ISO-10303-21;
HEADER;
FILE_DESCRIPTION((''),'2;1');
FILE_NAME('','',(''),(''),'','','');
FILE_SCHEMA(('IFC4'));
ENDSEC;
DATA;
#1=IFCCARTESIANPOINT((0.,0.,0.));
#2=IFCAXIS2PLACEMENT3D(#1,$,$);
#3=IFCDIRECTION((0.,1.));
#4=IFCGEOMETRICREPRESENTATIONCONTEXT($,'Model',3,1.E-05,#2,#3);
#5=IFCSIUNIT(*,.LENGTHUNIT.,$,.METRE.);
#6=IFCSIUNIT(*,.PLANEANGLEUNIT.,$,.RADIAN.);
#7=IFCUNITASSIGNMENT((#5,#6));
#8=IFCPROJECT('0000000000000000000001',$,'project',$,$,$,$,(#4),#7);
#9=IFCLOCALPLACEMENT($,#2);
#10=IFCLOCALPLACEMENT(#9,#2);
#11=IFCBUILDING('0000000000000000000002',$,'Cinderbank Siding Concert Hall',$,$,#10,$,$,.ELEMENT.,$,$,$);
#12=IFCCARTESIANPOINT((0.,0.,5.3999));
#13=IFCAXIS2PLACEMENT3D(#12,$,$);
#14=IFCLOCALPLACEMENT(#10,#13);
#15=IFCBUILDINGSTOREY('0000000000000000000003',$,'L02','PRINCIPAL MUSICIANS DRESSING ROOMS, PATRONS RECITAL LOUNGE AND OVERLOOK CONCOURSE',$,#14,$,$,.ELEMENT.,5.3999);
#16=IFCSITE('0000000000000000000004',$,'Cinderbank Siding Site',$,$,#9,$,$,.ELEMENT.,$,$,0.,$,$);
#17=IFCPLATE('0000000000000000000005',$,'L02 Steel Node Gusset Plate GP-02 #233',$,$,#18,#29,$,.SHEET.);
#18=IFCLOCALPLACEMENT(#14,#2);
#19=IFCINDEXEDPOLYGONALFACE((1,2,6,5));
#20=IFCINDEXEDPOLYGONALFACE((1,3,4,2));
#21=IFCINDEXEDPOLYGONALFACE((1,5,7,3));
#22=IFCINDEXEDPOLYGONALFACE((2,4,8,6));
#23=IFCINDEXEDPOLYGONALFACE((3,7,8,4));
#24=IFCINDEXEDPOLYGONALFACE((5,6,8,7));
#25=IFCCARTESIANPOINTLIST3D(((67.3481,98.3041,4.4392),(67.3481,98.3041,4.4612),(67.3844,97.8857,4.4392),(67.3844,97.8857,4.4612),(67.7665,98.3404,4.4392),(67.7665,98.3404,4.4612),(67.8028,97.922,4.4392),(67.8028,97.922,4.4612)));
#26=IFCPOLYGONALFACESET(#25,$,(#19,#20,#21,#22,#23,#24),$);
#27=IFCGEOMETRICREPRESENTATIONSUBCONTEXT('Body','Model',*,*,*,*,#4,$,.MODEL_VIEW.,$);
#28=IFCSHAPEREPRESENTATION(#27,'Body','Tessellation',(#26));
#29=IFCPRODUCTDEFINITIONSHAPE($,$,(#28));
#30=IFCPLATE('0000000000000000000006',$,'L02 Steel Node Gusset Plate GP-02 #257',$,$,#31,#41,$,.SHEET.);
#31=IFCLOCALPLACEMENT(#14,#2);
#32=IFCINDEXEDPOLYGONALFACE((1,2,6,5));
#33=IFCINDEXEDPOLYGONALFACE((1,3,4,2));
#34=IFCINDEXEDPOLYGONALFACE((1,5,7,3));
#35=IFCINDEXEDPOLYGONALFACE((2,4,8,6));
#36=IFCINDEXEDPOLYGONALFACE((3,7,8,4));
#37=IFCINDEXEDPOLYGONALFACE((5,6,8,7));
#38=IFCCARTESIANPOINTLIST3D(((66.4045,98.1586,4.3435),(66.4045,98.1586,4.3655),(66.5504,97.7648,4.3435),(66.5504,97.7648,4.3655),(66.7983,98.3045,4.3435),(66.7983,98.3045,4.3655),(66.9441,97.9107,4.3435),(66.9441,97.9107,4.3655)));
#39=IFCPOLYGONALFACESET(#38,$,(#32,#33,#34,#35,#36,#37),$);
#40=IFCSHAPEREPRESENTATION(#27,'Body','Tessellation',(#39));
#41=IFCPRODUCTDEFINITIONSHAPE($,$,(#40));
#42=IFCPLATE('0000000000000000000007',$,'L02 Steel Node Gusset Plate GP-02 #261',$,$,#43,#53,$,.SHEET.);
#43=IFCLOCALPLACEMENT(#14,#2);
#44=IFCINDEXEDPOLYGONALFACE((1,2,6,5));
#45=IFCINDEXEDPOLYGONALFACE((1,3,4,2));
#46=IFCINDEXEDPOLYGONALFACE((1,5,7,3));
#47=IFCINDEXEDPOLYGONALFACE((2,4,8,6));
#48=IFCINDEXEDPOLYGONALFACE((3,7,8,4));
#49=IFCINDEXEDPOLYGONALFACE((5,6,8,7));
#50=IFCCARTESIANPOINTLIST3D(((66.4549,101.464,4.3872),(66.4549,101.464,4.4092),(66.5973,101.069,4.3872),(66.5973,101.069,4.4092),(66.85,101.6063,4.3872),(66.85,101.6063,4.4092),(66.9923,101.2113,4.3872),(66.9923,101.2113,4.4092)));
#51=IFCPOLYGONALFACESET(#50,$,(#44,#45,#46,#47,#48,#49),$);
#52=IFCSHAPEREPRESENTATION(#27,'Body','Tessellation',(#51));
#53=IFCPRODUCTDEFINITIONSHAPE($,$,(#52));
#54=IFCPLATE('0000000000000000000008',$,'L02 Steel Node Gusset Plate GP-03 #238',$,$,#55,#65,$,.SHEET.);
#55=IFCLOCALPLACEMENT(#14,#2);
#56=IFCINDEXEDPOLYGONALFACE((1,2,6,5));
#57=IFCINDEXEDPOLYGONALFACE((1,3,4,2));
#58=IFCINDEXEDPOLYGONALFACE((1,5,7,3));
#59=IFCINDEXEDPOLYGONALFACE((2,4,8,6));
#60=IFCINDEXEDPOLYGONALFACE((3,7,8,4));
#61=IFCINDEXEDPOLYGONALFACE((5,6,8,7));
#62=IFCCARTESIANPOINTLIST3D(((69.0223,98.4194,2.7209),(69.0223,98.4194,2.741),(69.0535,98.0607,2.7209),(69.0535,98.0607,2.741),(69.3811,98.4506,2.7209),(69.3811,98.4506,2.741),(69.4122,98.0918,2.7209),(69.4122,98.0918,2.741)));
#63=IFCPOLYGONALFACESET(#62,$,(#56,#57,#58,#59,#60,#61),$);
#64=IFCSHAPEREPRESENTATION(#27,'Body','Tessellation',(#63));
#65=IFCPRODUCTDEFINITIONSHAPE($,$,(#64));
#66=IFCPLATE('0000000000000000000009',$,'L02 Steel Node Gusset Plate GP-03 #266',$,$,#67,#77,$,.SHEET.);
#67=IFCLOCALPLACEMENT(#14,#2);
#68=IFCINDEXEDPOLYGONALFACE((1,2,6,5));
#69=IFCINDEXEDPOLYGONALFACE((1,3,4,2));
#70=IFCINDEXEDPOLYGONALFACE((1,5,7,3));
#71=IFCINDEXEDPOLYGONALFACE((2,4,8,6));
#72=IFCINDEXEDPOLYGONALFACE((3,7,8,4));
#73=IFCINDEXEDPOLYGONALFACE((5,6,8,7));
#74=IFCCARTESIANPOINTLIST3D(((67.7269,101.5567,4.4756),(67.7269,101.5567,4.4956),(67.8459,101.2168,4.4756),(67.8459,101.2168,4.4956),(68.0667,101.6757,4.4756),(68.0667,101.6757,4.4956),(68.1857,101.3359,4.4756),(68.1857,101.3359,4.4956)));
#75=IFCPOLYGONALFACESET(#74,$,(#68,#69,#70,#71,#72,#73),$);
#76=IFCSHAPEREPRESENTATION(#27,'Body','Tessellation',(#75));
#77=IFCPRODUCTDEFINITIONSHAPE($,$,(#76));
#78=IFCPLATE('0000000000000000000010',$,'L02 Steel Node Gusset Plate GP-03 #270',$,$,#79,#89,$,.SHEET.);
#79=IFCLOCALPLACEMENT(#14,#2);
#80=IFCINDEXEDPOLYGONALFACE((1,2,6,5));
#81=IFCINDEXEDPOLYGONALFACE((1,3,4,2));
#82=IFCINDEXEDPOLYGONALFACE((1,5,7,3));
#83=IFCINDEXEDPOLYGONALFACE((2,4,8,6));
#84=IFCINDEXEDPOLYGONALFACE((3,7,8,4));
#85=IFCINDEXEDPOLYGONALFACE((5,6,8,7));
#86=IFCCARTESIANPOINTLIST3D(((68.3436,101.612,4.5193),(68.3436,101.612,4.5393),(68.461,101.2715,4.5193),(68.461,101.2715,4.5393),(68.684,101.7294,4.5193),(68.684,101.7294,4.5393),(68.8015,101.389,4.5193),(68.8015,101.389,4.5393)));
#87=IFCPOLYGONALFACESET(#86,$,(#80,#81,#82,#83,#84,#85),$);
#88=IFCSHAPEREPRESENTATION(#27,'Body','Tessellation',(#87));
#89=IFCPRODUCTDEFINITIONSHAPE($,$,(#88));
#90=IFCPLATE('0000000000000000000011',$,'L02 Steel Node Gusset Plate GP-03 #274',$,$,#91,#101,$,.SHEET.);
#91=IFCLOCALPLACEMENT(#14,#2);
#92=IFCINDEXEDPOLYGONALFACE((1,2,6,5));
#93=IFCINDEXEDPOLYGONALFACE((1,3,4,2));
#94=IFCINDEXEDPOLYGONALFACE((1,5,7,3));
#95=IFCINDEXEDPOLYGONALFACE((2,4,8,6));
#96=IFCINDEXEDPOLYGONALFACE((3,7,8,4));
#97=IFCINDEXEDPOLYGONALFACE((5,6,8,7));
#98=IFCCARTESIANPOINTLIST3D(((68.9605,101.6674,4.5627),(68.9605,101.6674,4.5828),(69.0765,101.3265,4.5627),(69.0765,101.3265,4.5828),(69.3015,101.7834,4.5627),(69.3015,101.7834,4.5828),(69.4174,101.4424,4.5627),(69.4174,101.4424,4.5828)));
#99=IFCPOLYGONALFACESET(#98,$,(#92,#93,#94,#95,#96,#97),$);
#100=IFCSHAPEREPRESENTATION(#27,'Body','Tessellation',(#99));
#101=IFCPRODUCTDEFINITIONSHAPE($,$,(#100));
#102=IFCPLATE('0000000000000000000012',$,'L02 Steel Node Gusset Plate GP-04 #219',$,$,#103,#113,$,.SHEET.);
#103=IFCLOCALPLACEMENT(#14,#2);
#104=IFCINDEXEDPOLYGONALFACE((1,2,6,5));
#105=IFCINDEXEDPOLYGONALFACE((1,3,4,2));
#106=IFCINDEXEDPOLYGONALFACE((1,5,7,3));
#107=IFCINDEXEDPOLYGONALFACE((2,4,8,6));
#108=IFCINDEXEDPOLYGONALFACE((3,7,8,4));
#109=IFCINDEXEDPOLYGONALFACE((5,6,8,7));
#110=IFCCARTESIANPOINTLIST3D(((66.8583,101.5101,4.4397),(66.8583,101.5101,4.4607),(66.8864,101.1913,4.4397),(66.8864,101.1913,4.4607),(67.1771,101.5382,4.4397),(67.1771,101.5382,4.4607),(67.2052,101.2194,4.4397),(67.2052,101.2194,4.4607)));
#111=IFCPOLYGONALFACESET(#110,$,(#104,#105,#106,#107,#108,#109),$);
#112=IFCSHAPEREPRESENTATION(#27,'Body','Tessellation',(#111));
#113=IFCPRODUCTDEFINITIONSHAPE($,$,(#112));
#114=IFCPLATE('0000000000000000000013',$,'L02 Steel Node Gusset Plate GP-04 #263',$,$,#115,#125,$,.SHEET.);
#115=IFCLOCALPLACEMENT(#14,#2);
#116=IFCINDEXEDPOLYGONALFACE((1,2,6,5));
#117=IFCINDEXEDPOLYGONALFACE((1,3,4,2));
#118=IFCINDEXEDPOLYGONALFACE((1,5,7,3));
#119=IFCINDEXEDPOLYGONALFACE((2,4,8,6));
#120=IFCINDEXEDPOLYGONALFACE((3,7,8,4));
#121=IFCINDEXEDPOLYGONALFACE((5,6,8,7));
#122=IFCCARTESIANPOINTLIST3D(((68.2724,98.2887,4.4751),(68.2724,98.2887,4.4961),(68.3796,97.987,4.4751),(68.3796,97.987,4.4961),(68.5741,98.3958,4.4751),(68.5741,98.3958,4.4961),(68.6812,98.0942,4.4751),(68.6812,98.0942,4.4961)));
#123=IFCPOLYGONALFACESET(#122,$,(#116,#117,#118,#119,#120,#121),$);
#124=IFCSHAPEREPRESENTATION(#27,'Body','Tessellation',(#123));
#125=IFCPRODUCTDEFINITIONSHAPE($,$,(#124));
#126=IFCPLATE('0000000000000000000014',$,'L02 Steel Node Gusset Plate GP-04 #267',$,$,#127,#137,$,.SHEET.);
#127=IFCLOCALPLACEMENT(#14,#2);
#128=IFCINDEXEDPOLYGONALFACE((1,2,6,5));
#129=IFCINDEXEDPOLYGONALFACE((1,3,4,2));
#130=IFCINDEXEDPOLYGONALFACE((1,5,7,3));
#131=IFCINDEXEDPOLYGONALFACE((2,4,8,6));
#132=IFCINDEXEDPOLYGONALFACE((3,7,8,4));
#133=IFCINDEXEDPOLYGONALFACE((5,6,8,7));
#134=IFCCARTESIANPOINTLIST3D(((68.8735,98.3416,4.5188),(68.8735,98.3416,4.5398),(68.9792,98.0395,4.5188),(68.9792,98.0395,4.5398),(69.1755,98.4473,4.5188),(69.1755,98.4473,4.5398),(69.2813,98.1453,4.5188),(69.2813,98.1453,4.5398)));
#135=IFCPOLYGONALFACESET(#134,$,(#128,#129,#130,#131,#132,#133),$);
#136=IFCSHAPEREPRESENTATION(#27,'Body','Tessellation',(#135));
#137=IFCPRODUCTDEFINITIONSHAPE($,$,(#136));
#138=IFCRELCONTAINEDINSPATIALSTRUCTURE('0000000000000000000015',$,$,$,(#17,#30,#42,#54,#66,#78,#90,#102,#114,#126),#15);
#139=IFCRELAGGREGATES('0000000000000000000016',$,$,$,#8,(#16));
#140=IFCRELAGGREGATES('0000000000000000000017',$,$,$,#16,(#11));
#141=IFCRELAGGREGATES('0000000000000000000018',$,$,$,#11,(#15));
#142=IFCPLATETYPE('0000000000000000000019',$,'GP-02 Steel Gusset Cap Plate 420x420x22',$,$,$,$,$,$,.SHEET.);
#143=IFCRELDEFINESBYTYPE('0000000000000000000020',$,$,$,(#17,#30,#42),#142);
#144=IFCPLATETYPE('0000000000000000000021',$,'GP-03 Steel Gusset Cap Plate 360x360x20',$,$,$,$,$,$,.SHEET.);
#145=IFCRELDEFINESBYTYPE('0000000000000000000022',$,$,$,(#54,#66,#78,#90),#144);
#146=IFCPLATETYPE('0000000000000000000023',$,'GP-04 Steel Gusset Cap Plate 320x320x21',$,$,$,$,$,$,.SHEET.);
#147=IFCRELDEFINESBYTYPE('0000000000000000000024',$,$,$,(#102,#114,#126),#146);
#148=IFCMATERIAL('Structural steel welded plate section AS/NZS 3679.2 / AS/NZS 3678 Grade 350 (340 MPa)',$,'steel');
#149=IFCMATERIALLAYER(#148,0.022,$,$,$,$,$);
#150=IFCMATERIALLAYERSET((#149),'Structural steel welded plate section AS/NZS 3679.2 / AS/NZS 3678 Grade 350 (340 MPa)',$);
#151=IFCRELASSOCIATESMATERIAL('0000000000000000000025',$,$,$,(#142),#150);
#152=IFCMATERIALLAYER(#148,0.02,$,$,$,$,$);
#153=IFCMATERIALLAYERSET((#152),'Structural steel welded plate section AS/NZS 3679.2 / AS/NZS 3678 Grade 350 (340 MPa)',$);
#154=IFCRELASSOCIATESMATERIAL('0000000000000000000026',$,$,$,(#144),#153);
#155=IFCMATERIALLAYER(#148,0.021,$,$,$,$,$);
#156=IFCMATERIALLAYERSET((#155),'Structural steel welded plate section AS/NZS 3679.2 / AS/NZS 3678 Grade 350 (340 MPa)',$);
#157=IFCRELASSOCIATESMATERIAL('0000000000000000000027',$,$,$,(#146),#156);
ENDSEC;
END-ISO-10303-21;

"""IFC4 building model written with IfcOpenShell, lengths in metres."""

from ifc_helpers import new_model, si_unit, direction, frame, origin, origin_2d, place, context, subcontext, project, spatial, rectangle, extrude, material, layer, layer_set, type_object, element, save


model = new_model("IFC4")

# Units and contexts
model_context = context("Model", 3, precision=1e-05, world=origin(), true_north=direction((0.0, 1.0)))
body_context = subcontext(model_context, "Body", "Model", "MODEL_VIEW")
ifc_project = project(units=[si_unit("LENGTHUNIT", "METRE"), si_unit("PLANEANGLEUNIT", "RADIAN")], contexts=[model_context])

# Site, building, storey
site_placement = place(None, origin())
site = spatial("IfcSite", under=ifc_project, at=site_placement, Name="Cinderbank Siding Site", CompositionType="ELEMENT", RefElevation=0.0)
building_placement = place(site_placement, origin())
building = spatial("IfcBuilding", under=site, at=building_placement, Name="Cinderbank Siding Concert Hall", CompositionType="ELEMENT")
storey_placement = place(building_placement, frame((0.0, 0.0, 5.3999)))
storey = spatial("IfcBuildingStorey", under=building, at=storey_placement, Name="L02", Description="PRINCIPAL MUSICIANS DRESSING ROOMS, PATRONS RECITAL LOUNGE AND OVERLOOK CONCOURSE", CompositionType="ELEMENT", Elevation=5.3999)

# Plates
ifc_material_1 = material(Name="Structural steel welded plate section AS/NZS 3679.2 / AS/NZS 3678 Grade 350 (340 MPa)", Category="steel")
ifc_layer_1 = layer(ifc_material_1, 0.022)
ifc_layer_set_1 = layer_set([ifc_layer_1], Name="Structural steel welded plate section AS/NZS 3679.2 / AS/NZS 3678 Grade 350 (340 MPa)")
plate_type_1 = type_object("IfcPlateType", Name="GP-02 Steel Gusset Cap Plate 420x420x22", PredefinedType="SHEET", material=ifc_layer_set_1)
for number, where, z_axis, x_axis, name in (
    (1, (67.5754, 98.113, 4.4392), (0.0, 0.0, 1.0), (0.996255, 0.08646, 0.0), "L02 Steel Node Gusset Plate GP-02 #233"),
    (2, (66.6743, 98.0347, 4.3435), (0.0, 0.0, 1.0), (0.347427, -0.937707, 0.0), "L02 Steel Node Gusset Plate GP-02 #257"),
    (3, (66.7236, 101.3376, 4.3872), (0.0, 0.0, 1.0), (0.338902, -0.940822, 0.0), "L02 Steel Node Gusset Plate GP-02 #261"),
):
    element("IfcPlate", number, at=place(storey_placement, frame(where, z_axis=z_axis, x_axis=x_axis)), inside=storey, type_object=plate_type_1, Name=name, PredefinedType="SHEET", context=body_context, shape_type="SweptSolid", body=[
        extrude(rectangle(XDim=0.4199, YDim=0.4199, at=origin_2d()), origin(), (0.0, 0.0, 1.0), 0.022),
    ])
ifc_layer_2 = layer(ifc_material_1, 0.02)
ifc_layer_set_2 = layer_set([ifc_layer_2], Name="Structural steel welded plate section AS/NZS 3679.2 / AS/NZS 3678 Grade 350 (340 MPa)")
plate_type_2 = type_object("IfcPlateType", Name="GP-03 Steel Gusset Cap Plate 360x360x20", PredefinedType="SHEET", material=ifc_layer_set_2)
for number, where, z_axis, x_axis, name in (
    (4, (69.2173, 98.2556, 2.7209), (0.0, 0.0, 1.0), (0.996255, 0.08646, 0.0), "L02 Steel Node Gusset Plate GP-03 #238"),
    (5, (67.9563, 101.4463, 4.4756), (0.0, 0.0, 1.0), (0.330514, -0.943801, 0.0), "L02 Steel Node Gusset Plate GP-03 #266"),
    (6, (68.5725, 101.5005, 4.5193), (0.0, 0.0, 1.0), (0.326228, -0.945291, 0.0), "L02 Steel Node Gusset Plate GP-03 #270"),
    (7, (69.189, 101.5549, 4.5627), (0.0, 0.0, 1.0), (0.321935, -0.946762, 0.0), "L02 Steel Node Gusset Plate GP-03 #274"),
):
    element("IfcPlate", number, at=place(storey_placement, frame(where, z_axis=z_axis, x_axis=x_axis)), inside=storey, type_object=plate_type_2, Name=name, PredefinedType="SHEET", context=body_context, shape_type="SweptSolid", body=[
        extrude(rectangle(XDim=0.3601, YDim=0.3601, at=origin_2d()), origin(), (0.0, 0.0, 1.0), 0.02),
    ])
ifc_layer_3 = layer(ifc_material_1, 0.021)
ifc_layer_set_3 = layer_set([ifc_layer_3], Name="Structural steel welded plate section AS/NZS 3679.2 / AS/NZS 3678 Grade 350 (340 MPa)")
plate_type_3 = type_object("IfcPlateType", Name="GP-04 Steel Gusset Cap Plate 320x320x21", PredefinedType="SHEET", material=ifc_layer_set_3)
for number, where, z_axis, x_axis, name in (
    (8, (67.0317, 101.3647, 4.4397), (0.0, 0.0, 1.0), (0.996134, 0.087851, 0.0), "L02 Steel Node Gusset Plate GP-04 #219"),
    (9, (68.4768, 98.1914, 4.4751), (0.0, 0.0, 1.0), (0.334629, -0.94235, 0.0), "L02 Steel Node Gusset Plate GP-04 #263"),
    (10, (69.0774, 98.2434, 4.5188), (0.0, 0.0, 1.0), (0.330514, -0.943801, 0.0), "L02 Steel Node Gusset Plate GP-04 #267"),
):
    element("IfcPlate", number, at=place(storey_placement, frame(where, z_axis=z_axis, x_axis=x_axis)), inside=storey, type_object=plate_type_3, Name=name, PredefinedType="SHEET", context=body_context, shape_type="SweptSolid", body=[
        extrude(rectangle(XDim=0.3201, YDim=0.3201, at=origin_2d()), origin(), (0.0, 0.0, 1.0), 0.021),
    ])

save(model, "model.ifc")
